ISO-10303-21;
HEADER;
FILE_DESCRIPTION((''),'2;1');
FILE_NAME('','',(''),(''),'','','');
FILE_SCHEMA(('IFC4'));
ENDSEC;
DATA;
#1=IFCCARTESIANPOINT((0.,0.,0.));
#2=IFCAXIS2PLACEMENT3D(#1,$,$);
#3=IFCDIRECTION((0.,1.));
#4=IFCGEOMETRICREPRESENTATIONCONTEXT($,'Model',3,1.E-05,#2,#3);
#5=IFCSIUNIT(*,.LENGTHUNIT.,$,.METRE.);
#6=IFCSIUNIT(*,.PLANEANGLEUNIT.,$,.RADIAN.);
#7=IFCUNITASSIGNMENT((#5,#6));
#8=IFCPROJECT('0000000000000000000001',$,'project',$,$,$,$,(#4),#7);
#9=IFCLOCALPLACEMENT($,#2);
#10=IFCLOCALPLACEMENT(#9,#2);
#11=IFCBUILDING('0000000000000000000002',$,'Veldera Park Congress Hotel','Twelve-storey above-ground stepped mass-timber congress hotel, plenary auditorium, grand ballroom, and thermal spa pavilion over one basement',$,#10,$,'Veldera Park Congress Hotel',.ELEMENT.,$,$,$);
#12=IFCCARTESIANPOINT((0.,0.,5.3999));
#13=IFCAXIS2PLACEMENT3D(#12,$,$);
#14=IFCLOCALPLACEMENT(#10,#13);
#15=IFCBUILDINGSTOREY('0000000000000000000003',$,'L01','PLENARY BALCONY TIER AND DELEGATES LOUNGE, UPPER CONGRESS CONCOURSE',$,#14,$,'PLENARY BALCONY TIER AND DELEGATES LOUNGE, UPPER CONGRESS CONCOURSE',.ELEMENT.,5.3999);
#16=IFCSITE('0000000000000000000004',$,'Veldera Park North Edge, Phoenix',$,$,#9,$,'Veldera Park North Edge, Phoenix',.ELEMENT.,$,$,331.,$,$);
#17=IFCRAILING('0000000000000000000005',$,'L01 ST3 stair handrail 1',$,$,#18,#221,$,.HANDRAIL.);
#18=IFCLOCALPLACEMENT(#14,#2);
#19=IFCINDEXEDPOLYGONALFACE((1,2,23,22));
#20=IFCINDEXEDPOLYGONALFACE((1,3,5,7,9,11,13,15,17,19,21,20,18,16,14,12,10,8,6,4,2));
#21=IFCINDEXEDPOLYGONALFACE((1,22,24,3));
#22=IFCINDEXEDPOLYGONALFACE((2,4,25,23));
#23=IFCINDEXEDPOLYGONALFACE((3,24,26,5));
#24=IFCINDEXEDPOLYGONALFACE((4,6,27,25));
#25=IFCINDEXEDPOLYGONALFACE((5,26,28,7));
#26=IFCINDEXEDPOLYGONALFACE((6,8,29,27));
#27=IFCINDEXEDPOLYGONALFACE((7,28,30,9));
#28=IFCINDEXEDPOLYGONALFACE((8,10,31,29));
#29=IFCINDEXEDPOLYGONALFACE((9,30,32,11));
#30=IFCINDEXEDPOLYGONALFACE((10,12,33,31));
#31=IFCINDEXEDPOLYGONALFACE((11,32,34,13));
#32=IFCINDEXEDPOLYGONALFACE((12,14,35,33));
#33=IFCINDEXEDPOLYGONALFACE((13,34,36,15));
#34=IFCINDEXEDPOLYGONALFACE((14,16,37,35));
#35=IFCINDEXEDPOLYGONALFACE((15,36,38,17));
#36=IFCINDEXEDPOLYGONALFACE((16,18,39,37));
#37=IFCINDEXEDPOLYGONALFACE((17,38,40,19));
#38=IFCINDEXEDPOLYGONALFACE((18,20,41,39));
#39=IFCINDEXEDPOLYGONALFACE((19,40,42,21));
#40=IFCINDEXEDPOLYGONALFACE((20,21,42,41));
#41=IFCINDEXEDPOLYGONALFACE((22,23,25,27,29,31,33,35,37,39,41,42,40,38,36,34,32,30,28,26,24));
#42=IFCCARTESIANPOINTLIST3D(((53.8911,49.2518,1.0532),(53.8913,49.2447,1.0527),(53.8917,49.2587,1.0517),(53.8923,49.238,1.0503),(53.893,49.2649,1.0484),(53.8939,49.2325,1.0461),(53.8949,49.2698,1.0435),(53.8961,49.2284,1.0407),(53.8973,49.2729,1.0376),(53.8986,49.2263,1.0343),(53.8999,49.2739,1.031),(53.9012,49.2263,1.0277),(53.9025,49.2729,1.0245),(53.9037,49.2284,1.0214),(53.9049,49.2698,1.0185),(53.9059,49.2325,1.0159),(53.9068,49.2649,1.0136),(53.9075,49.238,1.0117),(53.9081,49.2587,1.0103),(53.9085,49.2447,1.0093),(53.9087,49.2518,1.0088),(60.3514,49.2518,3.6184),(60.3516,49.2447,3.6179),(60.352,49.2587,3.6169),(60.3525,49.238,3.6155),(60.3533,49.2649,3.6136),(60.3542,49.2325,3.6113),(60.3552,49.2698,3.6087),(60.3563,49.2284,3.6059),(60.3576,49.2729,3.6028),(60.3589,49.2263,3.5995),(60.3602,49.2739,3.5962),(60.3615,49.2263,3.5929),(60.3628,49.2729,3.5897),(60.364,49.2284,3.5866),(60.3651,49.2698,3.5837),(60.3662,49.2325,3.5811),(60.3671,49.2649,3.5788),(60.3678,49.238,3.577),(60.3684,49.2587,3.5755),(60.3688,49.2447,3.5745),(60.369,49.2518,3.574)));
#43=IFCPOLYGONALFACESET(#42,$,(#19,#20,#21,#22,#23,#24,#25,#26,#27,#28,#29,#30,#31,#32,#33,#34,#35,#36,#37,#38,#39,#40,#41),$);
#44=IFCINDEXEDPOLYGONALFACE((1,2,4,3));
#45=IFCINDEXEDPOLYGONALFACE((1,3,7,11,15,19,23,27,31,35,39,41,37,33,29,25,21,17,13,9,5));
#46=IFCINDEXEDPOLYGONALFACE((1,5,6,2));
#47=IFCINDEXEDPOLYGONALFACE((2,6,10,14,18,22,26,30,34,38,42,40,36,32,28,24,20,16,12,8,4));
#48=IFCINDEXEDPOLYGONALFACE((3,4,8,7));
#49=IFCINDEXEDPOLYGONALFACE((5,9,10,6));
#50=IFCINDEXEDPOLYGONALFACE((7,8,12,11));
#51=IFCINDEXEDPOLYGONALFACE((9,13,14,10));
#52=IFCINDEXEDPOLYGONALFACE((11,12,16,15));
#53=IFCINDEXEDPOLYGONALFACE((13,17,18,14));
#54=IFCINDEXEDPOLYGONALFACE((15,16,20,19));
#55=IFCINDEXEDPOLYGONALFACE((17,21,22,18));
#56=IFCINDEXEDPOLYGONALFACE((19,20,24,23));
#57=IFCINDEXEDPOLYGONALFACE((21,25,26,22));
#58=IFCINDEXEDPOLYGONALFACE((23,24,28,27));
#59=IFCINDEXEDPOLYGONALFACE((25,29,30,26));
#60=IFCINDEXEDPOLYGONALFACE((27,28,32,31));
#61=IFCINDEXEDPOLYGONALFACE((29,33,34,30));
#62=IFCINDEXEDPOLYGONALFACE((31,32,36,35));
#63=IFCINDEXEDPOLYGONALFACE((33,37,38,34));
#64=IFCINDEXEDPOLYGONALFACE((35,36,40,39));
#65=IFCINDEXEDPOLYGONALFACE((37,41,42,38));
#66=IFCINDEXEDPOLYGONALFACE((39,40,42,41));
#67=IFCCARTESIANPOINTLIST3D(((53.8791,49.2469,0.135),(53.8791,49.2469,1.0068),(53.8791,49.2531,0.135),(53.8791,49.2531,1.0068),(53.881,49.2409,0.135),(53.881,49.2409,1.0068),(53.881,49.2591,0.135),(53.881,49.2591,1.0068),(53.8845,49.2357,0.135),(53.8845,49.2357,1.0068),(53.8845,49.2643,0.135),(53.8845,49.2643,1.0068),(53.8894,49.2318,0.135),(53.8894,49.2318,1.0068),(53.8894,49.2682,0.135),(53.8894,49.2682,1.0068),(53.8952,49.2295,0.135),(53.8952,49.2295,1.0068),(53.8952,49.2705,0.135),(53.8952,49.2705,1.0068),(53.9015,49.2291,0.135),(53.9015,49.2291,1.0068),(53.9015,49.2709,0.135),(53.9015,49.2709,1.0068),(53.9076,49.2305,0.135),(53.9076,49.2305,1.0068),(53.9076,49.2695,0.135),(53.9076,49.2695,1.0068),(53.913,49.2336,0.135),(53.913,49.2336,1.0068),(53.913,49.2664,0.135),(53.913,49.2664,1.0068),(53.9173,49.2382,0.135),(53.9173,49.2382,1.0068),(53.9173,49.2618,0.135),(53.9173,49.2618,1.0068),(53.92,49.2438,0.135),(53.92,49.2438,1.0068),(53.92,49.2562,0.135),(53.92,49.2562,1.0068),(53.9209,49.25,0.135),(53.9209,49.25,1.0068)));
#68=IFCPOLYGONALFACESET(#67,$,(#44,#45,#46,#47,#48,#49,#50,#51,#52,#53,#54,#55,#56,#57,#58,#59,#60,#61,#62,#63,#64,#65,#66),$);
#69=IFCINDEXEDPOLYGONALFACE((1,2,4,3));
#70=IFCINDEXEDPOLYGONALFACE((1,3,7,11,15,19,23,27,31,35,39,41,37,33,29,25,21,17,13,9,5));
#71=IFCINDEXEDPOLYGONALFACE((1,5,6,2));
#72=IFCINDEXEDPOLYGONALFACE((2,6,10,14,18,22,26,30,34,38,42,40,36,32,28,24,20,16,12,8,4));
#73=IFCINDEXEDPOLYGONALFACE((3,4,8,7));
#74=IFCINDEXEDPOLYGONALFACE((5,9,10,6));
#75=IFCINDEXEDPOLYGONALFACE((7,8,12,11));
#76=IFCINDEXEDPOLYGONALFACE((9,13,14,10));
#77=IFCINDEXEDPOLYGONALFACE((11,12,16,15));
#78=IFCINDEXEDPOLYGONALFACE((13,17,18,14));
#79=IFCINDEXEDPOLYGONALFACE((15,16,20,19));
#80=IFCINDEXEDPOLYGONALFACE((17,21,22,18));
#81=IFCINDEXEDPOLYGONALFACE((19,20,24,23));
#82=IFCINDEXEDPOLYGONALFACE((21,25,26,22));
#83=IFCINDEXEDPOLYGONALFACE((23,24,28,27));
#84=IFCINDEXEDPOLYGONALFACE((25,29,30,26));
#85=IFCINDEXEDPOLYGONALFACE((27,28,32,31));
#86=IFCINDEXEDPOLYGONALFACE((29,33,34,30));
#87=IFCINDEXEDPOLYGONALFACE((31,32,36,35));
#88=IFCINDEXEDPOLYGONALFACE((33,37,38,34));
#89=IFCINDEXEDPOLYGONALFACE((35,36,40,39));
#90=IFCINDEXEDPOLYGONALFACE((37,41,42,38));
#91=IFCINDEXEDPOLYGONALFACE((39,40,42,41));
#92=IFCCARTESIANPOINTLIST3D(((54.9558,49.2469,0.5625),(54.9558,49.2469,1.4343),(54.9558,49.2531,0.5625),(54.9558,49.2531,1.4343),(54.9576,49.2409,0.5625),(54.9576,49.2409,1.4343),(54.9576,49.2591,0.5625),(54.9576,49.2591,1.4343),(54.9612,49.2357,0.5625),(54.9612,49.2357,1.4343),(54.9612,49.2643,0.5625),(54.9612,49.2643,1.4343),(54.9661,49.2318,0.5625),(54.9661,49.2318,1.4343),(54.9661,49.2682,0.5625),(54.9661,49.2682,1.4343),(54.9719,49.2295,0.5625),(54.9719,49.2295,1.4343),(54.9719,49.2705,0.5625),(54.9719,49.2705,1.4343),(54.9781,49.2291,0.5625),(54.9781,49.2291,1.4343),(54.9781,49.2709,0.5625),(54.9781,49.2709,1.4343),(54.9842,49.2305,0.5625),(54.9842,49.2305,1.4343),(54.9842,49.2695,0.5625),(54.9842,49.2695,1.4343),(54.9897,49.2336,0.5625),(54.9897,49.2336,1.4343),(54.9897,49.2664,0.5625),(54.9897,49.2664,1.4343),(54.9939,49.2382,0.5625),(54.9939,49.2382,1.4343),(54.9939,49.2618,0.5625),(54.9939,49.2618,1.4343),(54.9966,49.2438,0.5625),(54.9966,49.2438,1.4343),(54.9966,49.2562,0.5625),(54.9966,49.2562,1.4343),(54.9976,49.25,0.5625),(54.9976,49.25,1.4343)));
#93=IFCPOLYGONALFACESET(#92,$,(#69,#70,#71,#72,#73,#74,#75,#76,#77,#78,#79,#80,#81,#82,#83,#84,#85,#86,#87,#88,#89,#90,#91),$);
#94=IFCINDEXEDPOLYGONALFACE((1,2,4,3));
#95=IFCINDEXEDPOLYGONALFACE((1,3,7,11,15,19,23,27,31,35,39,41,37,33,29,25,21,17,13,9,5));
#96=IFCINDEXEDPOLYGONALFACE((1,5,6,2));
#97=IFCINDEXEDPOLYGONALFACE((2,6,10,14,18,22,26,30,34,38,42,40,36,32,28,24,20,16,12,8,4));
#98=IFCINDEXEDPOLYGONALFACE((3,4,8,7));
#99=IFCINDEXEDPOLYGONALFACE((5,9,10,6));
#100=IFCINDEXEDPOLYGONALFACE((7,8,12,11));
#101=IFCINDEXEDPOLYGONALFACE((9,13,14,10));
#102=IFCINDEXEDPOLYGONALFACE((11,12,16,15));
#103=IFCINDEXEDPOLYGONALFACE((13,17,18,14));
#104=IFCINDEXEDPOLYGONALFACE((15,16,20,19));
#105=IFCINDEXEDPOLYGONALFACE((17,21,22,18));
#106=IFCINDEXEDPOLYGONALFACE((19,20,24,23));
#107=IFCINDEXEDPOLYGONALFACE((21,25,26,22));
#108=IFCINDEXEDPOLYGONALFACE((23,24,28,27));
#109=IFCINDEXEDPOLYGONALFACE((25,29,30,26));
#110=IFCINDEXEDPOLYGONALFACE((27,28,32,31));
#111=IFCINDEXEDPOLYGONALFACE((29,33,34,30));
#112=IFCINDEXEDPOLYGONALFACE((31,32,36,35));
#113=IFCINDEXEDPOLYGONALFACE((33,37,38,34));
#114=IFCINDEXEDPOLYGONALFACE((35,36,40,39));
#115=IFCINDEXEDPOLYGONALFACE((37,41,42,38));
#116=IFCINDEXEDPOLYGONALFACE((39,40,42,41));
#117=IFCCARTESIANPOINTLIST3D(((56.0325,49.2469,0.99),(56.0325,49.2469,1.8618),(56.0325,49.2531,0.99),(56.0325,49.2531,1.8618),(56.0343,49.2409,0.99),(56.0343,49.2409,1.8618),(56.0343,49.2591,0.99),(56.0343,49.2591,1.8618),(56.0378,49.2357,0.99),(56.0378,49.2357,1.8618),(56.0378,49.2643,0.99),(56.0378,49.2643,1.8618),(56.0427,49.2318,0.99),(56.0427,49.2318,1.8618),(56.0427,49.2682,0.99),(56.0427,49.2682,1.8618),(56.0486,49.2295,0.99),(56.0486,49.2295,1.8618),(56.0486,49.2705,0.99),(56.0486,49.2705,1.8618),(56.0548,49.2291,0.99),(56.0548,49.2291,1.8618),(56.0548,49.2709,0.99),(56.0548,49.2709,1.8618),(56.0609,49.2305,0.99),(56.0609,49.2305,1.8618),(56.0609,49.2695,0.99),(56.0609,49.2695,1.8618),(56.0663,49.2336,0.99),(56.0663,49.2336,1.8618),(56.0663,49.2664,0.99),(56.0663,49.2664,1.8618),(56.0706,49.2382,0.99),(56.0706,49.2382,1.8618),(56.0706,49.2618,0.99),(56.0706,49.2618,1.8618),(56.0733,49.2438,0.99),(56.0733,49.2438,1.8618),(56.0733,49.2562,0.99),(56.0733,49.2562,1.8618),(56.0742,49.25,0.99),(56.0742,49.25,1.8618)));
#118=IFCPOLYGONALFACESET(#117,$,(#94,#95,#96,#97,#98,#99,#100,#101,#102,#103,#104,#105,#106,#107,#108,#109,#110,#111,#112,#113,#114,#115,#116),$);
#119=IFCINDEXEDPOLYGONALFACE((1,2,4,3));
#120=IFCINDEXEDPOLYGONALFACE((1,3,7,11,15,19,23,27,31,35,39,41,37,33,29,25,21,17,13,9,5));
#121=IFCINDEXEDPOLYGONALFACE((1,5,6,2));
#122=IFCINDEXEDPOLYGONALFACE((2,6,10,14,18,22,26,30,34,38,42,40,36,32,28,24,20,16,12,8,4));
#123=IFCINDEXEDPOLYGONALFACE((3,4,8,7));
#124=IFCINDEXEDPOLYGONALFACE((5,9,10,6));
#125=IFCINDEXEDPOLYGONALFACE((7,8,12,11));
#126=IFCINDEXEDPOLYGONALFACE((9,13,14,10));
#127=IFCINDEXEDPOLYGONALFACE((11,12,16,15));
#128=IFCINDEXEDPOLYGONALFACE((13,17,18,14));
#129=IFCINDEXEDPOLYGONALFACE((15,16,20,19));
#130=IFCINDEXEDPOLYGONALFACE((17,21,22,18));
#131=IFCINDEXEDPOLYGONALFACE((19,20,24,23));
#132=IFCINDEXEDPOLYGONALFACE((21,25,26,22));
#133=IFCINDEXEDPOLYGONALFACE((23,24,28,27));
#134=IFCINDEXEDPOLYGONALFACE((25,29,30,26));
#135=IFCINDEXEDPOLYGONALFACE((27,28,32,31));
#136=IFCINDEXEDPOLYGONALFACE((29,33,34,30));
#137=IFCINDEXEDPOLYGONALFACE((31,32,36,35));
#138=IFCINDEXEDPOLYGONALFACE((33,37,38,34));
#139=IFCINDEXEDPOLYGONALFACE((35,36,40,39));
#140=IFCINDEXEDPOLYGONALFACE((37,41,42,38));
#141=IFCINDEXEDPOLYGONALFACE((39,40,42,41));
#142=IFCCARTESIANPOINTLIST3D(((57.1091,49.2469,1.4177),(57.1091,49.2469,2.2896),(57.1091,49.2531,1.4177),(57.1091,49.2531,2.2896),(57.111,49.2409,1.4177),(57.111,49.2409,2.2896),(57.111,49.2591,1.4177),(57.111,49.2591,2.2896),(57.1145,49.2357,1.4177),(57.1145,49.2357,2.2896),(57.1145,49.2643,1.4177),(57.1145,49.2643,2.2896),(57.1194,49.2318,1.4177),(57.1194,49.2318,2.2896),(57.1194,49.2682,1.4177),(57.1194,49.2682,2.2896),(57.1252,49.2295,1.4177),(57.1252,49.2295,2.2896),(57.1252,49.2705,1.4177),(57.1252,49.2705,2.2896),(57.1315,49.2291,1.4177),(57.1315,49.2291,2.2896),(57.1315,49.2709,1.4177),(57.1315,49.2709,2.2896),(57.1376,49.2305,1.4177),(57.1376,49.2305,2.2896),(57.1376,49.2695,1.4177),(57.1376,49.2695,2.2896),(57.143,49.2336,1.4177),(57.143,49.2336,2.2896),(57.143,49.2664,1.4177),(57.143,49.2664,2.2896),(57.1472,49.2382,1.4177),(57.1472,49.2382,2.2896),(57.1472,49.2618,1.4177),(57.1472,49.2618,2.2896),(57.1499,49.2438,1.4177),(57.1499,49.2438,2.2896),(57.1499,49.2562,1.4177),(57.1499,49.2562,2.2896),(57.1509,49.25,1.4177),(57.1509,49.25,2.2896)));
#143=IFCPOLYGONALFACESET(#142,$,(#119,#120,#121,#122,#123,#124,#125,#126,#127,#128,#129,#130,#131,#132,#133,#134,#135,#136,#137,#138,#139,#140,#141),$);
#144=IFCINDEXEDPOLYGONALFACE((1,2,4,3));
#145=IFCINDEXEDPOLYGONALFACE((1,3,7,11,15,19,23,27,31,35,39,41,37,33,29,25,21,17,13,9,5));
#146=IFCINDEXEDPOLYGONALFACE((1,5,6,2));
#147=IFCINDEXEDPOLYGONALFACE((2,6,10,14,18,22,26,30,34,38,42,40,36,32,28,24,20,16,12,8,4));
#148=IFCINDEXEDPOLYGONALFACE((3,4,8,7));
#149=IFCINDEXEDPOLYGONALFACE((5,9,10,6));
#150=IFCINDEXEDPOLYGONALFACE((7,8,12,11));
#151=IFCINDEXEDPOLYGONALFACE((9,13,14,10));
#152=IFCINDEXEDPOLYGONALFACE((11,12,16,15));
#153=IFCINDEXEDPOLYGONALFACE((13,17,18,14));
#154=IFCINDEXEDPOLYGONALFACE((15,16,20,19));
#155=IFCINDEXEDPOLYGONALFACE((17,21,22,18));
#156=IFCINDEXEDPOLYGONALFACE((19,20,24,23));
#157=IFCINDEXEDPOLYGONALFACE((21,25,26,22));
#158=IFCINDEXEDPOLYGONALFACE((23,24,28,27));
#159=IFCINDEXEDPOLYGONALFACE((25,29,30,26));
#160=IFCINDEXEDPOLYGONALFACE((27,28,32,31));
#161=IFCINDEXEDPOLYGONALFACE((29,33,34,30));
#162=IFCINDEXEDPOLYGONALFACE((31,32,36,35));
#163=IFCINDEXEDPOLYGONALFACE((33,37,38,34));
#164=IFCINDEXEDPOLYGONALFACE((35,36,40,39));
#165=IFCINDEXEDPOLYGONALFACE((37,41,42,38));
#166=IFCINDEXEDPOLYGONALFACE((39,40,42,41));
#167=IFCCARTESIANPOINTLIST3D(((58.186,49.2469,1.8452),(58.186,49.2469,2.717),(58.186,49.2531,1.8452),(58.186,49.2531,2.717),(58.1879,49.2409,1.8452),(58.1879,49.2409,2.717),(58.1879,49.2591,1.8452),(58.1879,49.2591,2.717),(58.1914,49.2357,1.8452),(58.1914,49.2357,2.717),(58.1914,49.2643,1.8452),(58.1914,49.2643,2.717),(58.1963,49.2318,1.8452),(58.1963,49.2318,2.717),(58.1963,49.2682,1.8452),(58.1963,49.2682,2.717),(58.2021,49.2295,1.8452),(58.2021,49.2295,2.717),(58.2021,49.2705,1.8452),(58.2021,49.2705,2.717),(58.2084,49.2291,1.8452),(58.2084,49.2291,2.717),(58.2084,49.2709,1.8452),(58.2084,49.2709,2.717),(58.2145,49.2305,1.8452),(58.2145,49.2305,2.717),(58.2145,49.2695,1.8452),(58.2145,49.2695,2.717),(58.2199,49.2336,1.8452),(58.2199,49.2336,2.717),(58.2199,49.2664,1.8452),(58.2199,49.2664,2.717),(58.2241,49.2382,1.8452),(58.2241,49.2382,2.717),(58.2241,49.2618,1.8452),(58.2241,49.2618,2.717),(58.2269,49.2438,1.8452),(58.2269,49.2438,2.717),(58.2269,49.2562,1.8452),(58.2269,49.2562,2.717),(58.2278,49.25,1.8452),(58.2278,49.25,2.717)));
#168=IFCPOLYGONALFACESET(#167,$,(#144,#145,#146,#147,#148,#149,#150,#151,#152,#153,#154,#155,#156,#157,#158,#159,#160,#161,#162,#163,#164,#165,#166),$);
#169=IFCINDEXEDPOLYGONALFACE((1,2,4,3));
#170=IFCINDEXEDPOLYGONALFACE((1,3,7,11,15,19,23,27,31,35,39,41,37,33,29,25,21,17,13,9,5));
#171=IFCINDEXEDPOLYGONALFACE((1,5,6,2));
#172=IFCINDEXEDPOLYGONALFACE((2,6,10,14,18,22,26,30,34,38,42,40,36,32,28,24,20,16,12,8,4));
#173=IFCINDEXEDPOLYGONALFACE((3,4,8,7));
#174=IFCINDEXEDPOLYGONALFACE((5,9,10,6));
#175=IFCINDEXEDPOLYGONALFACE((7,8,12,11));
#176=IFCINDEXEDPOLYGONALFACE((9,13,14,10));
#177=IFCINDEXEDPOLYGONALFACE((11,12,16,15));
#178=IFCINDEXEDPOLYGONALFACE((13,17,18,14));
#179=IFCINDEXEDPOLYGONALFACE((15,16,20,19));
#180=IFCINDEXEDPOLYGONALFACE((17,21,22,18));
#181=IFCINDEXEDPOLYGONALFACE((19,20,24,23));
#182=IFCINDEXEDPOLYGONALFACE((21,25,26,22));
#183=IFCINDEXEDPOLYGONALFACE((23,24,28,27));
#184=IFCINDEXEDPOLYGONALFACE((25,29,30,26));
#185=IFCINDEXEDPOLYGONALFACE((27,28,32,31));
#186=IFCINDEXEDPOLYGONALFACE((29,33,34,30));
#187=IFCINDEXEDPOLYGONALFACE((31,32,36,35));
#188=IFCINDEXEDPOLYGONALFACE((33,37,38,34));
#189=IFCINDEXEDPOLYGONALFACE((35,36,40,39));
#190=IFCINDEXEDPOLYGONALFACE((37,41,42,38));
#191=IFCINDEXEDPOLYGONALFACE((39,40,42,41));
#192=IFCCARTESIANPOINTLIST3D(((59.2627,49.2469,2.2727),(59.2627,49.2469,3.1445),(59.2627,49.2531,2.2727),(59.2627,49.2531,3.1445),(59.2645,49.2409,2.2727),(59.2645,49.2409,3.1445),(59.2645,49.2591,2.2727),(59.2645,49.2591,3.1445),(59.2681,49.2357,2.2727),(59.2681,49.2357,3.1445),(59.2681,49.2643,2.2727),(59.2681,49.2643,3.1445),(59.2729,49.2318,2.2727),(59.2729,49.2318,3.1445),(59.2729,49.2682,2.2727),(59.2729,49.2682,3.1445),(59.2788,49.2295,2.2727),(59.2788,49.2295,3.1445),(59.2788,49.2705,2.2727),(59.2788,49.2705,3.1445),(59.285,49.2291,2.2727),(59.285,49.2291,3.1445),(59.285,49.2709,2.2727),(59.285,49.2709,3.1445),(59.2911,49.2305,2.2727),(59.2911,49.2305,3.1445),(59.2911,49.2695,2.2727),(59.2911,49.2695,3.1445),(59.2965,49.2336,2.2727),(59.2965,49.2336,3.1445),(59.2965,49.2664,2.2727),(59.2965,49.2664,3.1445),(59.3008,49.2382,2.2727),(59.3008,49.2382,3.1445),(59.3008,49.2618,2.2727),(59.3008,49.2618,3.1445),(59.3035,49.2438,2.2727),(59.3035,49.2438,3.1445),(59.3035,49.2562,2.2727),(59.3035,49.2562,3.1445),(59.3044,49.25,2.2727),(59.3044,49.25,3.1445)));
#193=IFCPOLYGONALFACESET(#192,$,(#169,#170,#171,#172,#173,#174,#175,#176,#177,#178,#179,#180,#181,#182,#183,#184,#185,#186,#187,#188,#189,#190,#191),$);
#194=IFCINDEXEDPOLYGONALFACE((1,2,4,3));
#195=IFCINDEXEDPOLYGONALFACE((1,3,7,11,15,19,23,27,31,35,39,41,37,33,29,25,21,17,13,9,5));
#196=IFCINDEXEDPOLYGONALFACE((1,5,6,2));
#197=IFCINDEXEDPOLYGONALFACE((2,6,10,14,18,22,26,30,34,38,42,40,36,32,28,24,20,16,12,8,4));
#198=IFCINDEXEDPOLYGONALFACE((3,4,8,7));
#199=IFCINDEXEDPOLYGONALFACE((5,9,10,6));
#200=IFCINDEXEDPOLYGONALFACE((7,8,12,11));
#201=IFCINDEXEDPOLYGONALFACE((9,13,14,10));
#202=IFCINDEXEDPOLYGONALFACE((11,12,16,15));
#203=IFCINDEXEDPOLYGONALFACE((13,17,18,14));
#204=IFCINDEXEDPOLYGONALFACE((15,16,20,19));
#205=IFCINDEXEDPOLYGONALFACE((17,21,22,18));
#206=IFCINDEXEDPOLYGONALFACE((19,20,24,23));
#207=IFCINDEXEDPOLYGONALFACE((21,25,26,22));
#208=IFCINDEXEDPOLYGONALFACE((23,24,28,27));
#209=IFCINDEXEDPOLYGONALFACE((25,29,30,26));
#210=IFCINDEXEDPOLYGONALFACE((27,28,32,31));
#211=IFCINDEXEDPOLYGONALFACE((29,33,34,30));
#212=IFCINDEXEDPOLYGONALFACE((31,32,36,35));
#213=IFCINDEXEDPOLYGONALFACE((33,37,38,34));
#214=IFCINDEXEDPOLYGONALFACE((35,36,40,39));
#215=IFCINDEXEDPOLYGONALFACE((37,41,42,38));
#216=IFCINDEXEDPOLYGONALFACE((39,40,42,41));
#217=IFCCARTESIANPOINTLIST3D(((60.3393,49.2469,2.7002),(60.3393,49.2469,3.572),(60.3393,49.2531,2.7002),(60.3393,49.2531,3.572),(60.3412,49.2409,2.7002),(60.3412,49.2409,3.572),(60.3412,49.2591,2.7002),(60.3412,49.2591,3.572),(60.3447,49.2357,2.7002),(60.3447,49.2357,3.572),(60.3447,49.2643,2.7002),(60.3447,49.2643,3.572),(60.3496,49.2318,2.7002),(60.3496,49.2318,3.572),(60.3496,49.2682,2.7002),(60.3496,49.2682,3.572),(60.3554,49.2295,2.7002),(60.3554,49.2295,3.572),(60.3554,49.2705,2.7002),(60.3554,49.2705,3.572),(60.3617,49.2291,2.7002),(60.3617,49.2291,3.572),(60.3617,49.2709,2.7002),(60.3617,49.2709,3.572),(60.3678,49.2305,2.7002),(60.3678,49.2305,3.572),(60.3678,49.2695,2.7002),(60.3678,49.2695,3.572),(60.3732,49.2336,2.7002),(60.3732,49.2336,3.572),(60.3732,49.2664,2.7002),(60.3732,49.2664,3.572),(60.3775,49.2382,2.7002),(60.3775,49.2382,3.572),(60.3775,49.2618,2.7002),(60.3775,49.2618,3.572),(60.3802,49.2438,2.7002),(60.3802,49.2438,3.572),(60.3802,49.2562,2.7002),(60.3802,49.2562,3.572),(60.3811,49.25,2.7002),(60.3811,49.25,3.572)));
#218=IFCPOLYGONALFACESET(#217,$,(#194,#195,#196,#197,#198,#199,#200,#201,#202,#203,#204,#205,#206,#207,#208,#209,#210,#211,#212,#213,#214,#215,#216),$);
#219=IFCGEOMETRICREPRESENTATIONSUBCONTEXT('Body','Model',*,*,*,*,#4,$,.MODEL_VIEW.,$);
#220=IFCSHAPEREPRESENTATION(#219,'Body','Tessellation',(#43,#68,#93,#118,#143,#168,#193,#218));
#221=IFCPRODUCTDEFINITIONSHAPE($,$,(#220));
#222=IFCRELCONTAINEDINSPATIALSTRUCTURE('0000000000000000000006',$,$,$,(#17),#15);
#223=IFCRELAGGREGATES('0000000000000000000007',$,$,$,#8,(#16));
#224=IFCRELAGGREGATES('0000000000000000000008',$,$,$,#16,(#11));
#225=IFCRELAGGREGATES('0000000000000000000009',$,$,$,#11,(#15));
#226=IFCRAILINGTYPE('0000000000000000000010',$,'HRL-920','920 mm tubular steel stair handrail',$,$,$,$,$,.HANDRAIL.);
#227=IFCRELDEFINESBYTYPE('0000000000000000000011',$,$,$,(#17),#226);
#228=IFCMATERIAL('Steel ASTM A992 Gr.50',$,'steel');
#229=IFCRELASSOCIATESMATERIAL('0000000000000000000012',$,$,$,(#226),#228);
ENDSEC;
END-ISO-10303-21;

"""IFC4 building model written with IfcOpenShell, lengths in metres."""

from ifc_helpers import new_model, si_unit, direction, frame, origin, origin_2d, place, context, subcontext, project, spatial, circle, extrude, material, type_object, element, save


model = new_model("IFC4")

# Units and contexts
model_context = context("Model", 3, precision=1e-05, world=origin(), true_north=direction((0.0, 1.0)))
body_context = subcontext(model_context, "Body", "Model", "MODEL_VIEW")
ifc_project = project(units=[si_unit("LENGTHUNIT", "METRE"), si_unit("PLANEANGLEUNIT", "RADIAN")], contexts=[model_context])

# Site, building, storey
site_placement = place(None, origin())
site = spatial("IfcSite", under=ifc_project, at=site_placement, Name="Veldera Park North Edge, Phoenix", LongName="Veldera Park North Edge, Phoenix", CompositionType="ELEMENT", RefElevation=331.0)
building_placement = place(site_placement, origin())
building = spatial("IfcBuilding", under=site, at=building_placement, Name="Veldera Park Congress Hotel", Description="Twelve-storey above-ground stepped mass-timber congress hotel, plenary auditorium, grand ballroom, and thermal spa pavilion over one basement", LongName="Veldera Park Congress Hotel", CompositionType="ELEMENT")
storey_placement = place(building_placement, frame((0.0, 0.0, 5.3999)))
storey = spatial("IfcBuildingStorey", under=building, at=storey_placement, Name="L01", Description="PLENARY BALCONY TIER AND DELEGATES LOUNGE, UPPER CONGRESS CONCOURSE", LongName="PLENARY BALCONY TIER AND DELEGATES LOUNGE, UPPER CONGRESS CONCOURSE", CompositionType="ELEMENT", Elevation=5.3999)

# Shared definitions
ifc_material_1 = material(Name="Steel ASTM A992 Gr.50", Category="steel")

# Railing
railing_type_1 = type_object("IfcRailingType", Name="HRL-920", Description="920 mm tubular steel stair handrail", PredefinedType="HANDRAIL", material=ifc_material_1)
railing_1_placement = place(storey_placement, frame((53.8999, 49.25, 0.135)))
element("IfcRailing", 1, at=railing_1_placement, inside=storey, type_object=railing_type_1, Name="L01 ST3 stair handrail 1", PredefinedType="HANDRAIL", context=body_context, shape_type="SweptSolid", body=[
    extrude(circle(Radius=0.0239, at=origin_2d()), frame((0.0, 0.0, 0.896), z_axis=(0.929411, 0.0, 0.369046), x_axis=(0.0, 1.0, 0.0)), (0.0, 0.0, 1.0), 6.9509),
    extrude(circle(Radius=0.021, at=origin_2d()), origin(), (0.0, 0.0, 1.0), 0.8718),
    extrude(circle(Radius=0.021, at=origin_2d()), frame((1.0767, 0.0, 0.4275)), (0.0, 0.0, 1.0), 0.8718),
    extrude(circle(Radius=0.021, at=origin_2d()), frame((2.1533, 0.0, 0.855)), (0.0, 0.0, 1.0), 0.8718),
    extrude(circle(Radius=0.021, at=origin_2d()), frame((3.23, 0.0, 1.2827)), (0.0, 0.0, 1.0), 0.8718),
    extrude(circle(Radius=0.021, at=origin_2d()), frame((4.3069, 0.0, 1.7102)), (0.0, 0.0, 1.0), 0.8718),
    extrude(circle(Radius=0.021, at=origin_2d()), frame((5.3835, 0.0, 2.1377)), (0.0, 0.0, 1.0), 0.8718),
    extrude(circle(Radius=0.021, at=origin_2d()), frame((6.4602, 0.0, 2.5652)), (0.0, 0.0, 1.0), 0.8718),
])

save(model, "model.ifc")
